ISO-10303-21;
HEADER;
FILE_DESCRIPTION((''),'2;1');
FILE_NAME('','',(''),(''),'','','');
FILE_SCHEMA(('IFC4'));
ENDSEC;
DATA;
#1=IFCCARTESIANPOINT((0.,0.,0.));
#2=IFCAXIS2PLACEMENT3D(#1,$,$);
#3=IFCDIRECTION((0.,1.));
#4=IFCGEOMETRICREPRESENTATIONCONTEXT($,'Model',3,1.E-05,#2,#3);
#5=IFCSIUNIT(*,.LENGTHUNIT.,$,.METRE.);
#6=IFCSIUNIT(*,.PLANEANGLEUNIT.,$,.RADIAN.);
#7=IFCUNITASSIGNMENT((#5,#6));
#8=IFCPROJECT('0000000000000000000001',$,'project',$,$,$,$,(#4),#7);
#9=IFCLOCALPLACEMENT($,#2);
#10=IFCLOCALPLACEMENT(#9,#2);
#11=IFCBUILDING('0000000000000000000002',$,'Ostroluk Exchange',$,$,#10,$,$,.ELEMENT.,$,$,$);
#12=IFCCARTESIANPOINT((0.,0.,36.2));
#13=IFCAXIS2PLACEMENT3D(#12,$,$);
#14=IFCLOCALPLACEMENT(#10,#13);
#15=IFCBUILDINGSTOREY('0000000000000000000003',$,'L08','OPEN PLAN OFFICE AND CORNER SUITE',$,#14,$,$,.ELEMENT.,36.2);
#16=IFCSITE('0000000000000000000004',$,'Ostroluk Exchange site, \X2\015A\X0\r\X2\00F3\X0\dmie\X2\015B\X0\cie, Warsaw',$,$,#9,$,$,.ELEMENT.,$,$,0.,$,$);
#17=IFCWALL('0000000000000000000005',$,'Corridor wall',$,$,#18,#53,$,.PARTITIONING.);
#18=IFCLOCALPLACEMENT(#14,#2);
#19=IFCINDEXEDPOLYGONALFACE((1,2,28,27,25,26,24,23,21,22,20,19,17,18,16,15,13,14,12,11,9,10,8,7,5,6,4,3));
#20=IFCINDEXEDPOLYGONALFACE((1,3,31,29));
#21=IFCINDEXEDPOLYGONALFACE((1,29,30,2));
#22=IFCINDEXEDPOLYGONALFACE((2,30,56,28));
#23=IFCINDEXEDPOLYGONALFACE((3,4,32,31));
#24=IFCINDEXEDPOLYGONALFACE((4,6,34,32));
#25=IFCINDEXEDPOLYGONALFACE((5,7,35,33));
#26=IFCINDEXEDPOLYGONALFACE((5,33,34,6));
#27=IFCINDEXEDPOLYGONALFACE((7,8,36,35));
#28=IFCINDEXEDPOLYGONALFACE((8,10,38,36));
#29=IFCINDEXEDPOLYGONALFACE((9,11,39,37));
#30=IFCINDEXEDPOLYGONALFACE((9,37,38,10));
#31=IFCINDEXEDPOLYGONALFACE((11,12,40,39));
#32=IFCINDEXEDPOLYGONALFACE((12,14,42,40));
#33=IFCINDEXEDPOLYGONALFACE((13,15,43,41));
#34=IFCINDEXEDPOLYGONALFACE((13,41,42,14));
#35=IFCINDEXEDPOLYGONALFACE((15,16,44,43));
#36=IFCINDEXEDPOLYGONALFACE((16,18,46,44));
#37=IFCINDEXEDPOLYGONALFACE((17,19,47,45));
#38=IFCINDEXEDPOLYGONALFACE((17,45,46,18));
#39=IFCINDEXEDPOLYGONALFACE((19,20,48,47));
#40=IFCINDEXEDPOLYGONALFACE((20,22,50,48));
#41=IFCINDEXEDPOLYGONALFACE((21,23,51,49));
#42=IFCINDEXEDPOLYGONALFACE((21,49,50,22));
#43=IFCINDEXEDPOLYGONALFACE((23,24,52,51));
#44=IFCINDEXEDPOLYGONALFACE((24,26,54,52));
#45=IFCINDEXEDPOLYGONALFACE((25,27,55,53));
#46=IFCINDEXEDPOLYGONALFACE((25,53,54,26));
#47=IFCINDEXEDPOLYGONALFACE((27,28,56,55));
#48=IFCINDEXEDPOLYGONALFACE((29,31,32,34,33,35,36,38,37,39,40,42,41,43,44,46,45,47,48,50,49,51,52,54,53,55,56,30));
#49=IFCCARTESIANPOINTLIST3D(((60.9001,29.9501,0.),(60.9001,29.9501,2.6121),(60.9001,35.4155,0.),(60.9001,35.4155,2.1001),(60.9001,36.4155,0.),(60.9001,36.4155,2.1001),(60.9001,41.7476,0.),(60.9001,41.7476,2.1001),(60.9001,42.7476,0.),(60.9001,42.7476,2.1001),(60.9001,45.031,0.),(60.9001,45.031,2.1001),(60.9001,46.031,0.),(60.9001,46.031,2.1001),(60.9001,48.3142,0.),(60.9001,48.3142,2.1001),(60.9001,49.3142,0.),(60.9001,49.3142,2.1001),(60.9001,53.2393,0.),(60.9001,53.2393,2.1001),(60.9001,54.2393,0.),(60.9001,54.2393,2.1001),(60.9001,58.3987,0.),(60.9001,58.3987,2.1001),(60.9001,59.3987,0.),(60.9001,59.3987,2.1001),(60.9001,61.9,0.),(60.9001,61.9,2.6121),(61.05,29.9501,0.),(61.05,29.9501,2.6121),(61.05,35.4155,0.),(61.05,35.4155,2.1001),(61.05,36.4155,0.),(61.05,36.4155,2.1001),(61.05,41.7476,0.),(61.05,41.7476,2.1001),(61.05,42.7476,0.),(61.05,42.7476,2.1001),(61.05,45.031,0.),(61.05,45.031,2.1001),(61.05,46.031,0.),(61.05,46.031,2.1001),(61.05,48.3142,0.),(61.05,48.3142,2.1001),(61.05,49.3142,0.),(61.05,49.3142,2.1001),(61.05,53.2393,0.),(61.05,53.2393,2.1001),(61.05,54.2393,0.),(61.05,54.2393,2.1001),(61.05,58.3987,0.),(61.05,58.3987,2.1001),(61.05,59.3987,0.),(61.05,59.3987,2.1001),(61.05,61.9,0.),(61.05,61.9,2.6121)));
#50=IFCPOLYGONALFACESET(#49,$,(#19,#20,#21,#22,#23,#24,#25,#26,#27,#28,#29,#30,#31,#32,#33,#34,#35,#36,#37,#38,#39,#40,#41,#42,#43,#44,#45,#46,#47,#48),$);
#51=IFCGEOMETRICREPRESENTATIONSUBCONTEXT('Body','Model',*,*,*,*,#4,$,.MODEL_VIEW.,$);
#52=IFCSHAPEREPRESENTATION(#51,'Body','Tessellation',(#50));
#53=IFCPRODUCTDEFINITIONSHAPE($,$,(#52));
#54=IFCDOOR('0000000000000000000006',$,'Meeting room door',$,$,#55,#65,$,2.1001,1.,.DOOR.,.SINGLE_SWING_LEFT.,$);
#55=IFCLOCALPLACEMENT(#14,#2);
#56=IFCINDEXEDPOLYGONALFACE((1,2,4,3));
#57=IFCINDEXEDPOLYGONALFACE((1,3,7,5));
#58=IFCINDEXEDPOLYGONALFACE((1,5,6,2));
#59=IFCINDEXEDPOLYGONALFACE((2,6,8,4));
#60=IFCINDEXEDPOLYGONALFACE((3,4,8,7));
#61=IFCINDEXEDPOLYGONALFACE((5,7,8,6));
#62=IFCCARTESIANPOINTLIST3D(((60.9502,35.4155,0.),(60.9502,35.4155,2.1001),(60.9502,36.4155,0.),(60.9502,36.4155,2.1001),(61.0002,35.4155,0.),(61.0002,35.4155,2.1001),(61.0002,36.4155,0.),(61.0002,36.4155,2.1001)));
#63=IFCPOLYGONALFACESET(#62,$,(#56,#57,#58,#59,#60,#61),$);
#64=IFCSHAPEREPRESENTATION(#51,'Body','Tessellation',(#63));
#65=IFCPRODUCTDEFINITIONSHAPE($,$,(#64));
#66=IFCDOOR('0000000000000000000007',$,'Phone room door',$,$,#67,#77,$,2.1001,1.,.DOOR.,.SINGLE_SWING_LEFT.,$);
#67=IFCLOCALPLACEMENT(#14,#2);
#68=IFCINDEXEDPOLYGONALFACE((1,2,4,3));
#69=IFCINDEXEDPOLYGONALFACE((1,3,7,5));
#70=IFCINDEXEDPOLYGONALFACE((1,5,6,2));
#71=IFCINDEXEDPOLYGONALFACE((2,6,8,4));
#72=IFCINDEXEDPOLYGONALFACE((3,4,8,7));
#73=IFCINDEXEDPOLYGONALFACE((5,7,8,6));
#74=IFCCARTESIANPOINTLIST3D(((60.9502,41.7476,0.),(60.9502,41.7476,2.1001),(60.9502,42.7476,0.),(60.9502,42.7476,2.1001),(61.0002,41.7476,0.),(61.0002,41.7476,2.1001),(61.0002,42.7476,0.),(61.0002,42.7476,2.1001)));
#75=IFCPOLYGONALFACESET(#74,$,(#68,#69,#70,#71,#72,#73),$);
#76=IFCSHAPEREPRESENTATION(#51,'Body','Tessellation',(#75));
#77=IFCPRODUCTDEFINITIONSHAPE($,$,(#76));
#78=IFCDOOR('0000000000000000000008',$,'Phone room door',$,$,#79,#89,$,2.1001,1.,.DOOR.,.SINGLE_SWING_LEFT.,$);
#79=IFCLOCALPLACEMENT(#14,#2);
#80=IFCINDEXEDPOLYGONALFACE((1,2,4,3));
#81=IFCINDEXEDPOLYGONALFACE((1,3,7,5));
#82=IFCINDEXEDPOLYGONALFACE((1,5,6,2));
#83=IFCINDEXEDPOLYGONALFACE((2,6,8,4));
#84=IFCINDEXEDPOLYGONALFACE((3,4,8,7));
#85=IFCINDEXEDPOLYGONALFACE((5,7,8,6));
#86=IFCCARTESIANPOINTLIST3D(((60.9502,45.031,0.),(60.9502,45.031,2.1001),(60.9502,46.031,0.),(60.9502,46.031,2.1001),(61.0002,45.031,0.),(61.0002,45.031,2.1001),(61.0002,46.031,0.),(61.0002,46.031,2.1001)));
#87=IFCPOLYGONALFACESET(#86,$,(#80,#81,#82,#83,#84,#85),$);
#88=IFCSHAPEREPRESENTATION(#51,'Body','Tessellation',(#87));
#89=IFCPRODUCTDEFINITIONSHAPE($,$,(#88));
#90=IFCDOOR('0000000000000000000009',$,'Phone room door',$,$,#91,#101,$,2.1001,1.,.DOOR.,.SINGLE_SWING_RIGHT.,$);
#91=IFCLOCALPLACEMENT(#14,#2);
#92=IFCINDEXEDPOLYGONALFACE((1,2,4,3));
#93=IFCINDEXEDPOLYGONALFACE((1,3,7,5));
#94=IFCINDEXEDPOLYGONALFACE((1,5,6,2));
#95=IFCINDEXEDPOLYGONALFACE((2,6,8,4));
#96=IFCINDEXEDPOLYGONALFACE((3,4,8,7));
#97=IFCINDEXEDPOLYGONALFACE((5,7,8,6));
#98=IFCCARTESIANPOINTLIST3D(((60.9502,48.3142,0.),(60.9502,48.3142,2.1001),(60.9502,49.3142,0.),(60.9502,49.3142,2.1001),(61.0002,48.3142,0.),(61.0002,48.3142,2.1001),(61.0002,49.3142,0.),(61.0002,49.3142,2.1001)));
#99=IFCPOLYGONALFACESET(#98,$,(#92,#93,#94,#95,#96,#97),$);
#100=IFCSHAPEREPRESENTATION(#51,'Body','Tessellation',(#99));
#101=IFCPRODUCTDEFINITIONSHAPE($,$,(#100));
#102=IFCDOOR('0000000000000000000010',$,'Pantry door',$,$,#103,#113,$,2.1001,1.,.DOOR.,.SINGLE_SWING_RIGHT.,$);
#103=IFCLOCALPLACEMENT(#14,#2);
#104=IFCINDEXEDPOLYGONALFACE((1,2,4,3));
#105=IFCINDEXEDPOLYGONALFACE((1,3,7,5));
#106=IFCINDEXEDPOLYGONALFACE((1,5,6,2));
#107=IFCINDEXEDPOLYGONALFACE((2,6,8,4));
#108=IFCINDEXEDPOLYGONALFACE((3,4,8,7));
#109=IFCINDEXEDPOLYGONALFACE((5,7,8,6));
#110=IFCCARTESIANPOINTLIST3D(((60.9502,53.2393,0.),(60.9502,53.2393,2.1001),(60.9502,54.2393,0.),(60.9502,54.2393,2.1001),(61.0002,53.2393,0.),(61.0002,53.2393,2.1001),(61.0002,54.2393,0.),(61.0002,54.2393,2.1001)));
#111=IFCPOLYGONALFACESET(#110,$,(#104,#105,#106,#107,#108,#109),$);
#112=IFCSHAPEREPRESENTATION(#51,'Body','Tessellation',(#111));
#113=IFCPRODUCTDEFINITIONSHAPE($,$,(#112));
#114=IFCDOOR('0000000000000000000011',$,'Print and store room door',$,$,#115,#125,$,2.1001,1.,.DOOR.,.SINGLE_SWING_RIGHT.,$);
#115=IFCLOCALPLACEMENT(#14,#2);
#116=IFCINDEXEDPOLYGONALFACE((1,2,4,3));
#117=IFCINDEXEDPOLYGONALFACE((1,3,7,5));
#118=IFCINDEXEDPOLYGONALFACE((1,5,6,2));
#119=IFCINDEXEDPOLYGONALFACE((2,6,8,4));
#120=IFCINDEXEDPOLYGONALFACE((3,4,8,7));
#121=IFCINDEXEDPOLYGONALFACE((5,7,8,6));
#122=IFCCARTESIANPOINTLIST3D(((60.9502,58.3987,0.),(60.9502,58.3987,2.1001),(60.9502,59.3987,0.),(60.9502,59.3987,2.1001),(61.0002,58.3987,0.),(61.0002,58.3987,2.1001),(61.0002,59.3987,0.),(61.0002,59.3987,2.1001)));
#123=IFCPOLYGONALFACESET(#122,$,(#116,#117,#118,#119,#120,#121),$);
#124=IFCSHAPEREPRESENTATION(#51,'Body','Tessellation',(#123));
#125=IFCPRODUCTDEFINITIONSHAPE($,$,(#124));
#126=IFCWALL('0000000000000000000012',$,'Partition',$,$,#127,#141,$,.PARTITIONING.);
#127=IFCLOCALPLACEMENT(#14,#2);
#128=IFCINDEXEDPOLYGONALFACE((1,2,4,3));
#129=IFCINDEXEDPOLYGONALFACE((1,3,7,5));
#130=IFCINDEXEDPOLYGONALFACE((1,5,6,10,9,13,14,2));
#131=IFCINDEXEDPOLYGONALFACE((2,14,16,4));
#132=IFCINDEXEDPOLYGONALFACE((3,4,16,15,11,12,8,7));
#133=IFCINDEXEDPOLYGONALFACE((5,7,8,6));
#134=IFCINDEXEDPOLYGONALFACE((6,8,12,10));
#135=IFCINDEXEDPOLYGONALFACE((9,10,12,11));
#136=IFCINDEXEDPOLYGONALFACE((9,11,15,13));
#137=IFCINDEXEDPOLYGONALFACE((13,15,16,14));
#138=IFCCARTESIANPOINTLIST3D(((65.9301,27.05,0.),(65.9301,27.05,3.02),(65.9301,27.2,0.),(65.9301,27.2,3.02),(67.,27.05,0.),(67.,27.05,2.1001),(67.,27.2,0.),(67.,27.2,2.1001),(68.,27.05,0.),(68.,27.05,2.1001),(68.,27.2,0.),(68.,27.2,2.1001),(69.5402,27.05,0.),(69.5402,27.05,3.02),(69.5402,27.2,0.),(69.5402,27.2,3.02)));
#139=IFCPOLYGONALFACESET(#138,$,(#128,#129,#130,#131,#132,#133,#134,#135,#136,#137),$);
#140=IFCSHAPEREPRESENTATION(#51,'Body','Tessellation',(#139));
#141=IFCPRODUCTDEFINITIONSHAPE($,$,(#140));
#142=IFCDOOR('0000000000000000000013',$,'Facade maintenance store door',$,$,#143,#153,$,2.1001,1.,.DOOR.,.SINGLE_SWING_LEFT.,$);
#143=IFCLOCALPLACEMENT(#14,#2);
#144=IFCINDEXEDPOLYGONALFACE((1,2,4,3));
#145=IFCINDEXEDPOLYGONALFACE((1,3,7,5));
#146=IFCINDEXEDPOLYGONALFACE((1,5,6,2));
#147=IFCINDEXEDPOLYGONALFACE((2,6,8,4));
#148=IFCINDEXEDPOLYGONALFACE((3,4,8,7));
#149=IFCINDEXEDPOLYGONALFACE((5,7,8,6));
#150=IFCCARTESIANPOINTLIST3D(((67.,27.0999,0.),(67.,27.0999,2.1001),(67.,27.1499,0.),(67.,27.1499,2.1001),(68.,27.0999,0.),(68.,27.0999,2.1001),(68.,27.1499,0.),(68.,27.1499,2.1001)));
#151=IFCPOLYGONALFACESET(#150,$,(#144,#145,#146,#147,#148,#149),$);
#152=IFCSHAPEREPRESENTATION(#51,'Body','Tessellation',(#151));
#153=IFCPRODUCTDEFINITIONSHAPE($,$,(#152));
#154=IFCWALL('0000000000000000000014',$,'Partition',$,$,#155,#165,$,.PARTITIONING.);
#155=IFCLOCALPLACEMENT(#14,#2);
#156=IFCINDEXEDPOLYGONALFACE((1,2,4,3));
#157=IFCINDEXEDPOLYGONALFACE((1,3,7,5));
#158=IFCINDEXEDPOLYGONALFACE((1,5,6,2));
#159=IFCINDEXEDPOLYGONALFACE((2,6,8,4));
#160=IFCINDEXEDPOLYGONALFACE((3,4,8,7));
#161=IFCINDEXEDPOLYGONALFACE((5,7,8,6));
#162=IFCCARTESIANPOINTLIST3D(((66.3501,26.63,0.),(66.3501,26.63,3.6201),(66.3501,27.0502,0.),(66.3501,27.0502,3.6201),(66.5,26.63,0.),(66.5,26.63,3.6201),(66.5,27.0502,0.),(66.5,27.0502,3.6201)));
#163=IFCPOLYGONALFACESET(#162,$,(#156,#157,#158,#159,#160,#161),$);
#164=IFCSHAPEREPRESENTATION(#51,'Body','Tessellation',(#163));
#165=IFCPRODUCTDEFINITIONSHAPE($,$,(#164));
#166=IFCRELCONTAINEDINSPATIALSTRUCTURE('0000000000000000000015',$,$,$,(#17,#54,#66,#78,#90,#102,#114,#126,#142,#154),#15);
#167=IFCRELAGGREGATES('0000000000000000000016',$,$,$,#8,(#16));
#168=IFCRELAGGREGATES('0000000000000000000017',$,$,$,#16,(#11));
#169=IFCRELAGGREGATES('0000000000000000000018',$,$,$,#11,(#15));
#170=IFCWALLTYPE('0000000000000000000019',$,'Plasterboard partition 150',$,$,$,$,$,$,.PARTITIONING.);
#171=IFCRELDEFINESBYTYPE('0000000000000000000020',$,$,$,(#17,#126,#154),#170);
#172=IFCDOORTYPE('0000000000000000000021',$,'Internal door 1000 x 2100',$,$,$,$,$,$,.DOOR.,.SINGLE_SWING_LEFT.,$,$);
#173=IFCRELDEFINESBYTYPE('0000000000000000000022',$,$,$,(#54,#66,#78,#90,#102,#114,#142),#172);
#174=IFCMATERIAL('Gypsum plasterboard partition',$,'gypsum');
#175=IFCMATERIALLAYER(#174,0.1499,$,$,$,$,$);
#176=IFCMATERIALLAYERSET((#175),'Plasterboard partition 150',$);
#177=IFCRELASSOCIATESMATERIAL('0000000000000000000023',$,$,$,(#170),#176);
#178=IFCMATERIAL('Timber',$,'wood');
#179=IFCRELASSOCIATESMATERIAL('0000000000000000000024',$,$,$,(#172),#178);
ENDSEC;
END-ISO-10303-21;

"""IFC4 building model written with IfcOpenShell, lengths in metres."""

from ifc_helpers import new_model, si_unit, direction, frame, frame_2d, origin, place, context, subcontext, project, spatial, rectangle, extrude, material, layer, layer_set, type_object, element, fill, save


model = new_model("IFC4")

# Units and contexts
model_context = context("Model", 3, precision=1e-05, world=origin(), true_north=direction((0.0, 1.0)))
body_context = subcontext(model_context, "Body", "Model", "MODEL_VIEW")
ifc_project = project(units=[si_unit("LENGTHUNIT", "METRE"), si_unit("PLANEANGLEUNIT", "RADIAN")], contexts=[model_context])

# Site, building, storey
site_placement = place(None, origin())
site = spatial("IfcSite", under=ifc_project, at=site_placement, Name="Ostroluk Exchange site, Śródmieście, Warsaw", CompositionType="ELEMENT", RefElevation=0.0)
building_placement = place(site_placement, origin())
building = spatial("IfcBuilding", under=site, at=building_placement, Name="Ostroluk Exchange", CompositionType="ELEMENT")
storey_placement = place(building_placement, frame((0.0, 0.0, 36.2)))
storey = spatial("IfcBuildingStorey", under=building, at=storey_placement, Name="L08", Description="OPEN PLAN OFFICE AND CORNER SUITE", CompositionType="ELEMENT", Elevation=36.2)

# Shared definitions
ifc_material_1 = material(Name="Gypsum plasterboard partition", Category="gypsum")
ifc_layer_1 = layer(ifc_material_1, 0.1499)
ifc_layer_set_1 = layer_set([ifc_layer_1], Name="Plasterboard partition 150")
wall_type_1 = type_object("IfcWallType", Name="Plasterboard partition 150", PredefinedType="PARTITIONING", material=ifc_layer_set_1)

# Wall, openings, doors
wall_1_placement = place(storey_placement, frame((60.9751, 29.95, 0.0), z_axis=(0.0, 0.0, 1.0), x_axis=(0.0, 1.0, 0.0)))
wall_1 = element("IfcWall", 1, at=wall_1_placement, inside=storey, type_object=wall_type_1, Name="Corridor wall", PredefinedType="PARTITIONING", context=body_context, shape_type="SweptSolid", body=[
    extrude(rectangle(XDim=31.95, YDim=0.1499, at=frame_2d((15.9751, 0.0))), origin(), (0.0, 0.0, 1.0), 2.6121),
])
opening_1_placement = place(wall_1_placement, frame((5.4656, 0.0, 0.0)))
opening_1 = element("IfcOpeningElement", 2, at=opening_1_placement, cuts=wall_1, PredefinedType="OPENING", context=body_context, shape_type="SweptSolid", body=[
    extrude(rectangle(XDim=1.0, YDim=2.1001, at=frame_2d((0.5, 1.05))), frame((0.0, 0.085, 0.0), z_axis=(0.0, -1.0, 0.0), x_axis=(1.0, 0.0, 0.0)), (0.0, 0.0, 1.0), 0.1699),
])
opening_2_placement = place(wall_1_placement, frame((11.7976, 0.0, 0.0)))
opening_2 = element("IfcOpeningElement", 3, at=opening_2_placement, cuts=wall_1, PredefinedType="OPENING", context=body_context, shape_type="SweptSolid", body=[
    extrude(rectangle(XDim=1.0, YDim=2.1001, at=frame_2d((0.5, 1.05))), frame((0.0, 0.085, 0.0), z_axis=(0.0, -1.0, 0.0), x_axis=(1.0, 0.0, 0.0)), (0.0, 0.0, 1.0), 0.1699),
])
opening_3_placement = place(wall_1_placement, frame((15.0811, 0.0, 0.0)))
opening_3 = element("IfcOpeningElement", 4, at=opening_3_placement, cuts=wall_1, PredefinedType="OPENING", context=body_context, shape_type="SweptSolid", body=[
    extrude(rectangle(XDim=1.0, YDim=2.1001, at=frame_2d((0.5, 1.05))), frame((0.0, 0.085, 0.0), z_axis=(0.0, -1.0, 0.0), x_axis=(1.0, 0.0, 0.0)), (0.0, 0.0, 1.0), 0.1699),
])
opening_4_placement = place(wall_1_placement, frame((18.3643, 0.0, 0.0)))
opening_4 = element("IfcOpeningElement", 5, at=opening_4_placement, cuts=wall_1, PredefinedType="OPENING", context=body_context, shape_type="SweptSolid", body=[
    extrude(rectangle(XDim=1.0, YDim=2.1001, at=frame_2d((0.5, 1.05))), frame((0.0, 0.085, 0.0), z_axis=(0.0, -1.0, 0.0), x_axis=(1.0, 0.0, 0.0)), (0.0, 0.0, 1.0), 0.1699),
])
opening_5_placement = place(wall_1_placement, frame((23.2893, 0.0, 0.0)))
opening_5 = element("IfcOpeningElement", 6, at=opening_5_placement, cuts=wall_1, PredefinedType="OPENING", context=body_context, shape_type="SweptSolid", body=[
    extrude(rectangle(XDim=1.0, YDim=2.1001, at=frame_2d((0.5, 1.05))), frame((0.0, 0.085, 0.0), z_axis=(0.0, -1.0, 0.0), x_axis=(1.0, 0.0, 0.0)), (0.0, 0.0, 1.0), 0.1699),
])
opening_6_placement = place(wall_1_placement, frame((28.4487, 0.0, 0.0)))
opening_6 = element("IfcOpeningElement", 7, at=opening_6_placement, cuts=wall_1, PredefinedType="OPENING", context=body_context, shape_type="SweptSolid", body=[
    extrude(rectangle(XDim=1.0, YDim=2.1001, at=frame_2d((0.5, 1.05))), frame((0.0, 0.085, 0.0), z_axis=(0.0, -1.0, 0.0), x_axis=(1.0, 0.0, 0.0)), (0.0, 0.0, 1.0), 0.1699),
])
ifc_material_2 = material(Name="Timber", Category="wood")
door_type_1 = type_object("IfcDoorType", Name="Internal door 1000 x 2100", OperationType="SINGLE_SWING_LEFT", PredefinedType="DOOR", material=ifc_material_2)
door_1_placement = place(opening_1_placement, origin())
door_1 = element("IfcDoor", 8, at=door_1_placement, inside=storey, type_object=door_type_1, Name="Meeting room door", OperationType="SINGLE_SWING_LEFT", OverallHeight=2.1001, OverallWidth=1.0, PredefinedType="DOOR", context=body_context, shape_type="SweptSolid", body=[
    extrude(rectangle(XDim=1.0, YDim=2.1001, at=frame_2d((0.5, 1.05))), frame((0.0, 0.0249, 0.0), z_axis=(0.0, -1.0, 0.0), x_axis=(1.0, 0.0, 0.0)), (0.0, 0.0, 1.0), 0.05),
])
fill(opening_1, door_1)
door_2_placement = place(opening_2_placement, origin())
door_2 = element("IfcDoor", 9, at=door_2_placement, inside=storey, type_object=door_type_1, Name="Phone room door", OperationType="SINGLE_SWING_LEFT", OverallHeight=2.1001, OverallWidth=1.0, PredefinedType="DOOR", context=body_context, shape_type="SweptSolid", body=[
    extrude(rectangle(XDim=1.0, YDim=2.1001, at=frame_2d((0.5, 1.05))), frame((0.0, 0.0249, 0.0), z_axis=(0.0, -1.0, 0.0), x_axis=(1.0, 0.0, 0.0)), (0.0, 0.0, 1.0), 0.05),
])
fill(opening_2, door_2)
door_3_placement = place(opening_3_placement, origin())
door_3 = element("IfcDoor", 10, at=door_3_placement, inside=storey, type_object=door_type_1, Name="Phone room door", OperationType="SINGLE_SWING_LEFT", OverallHeight=2.1001, OverallWidth=1.0, PredefinedType="DOOR", context=body_context, shape_type="SweptSolid", body=[
    extrude(rectangle(XDim=1.0, YDim=2.1001, at=frame_2d((0.5, 1.05))), frame((0.0, 0.0249, 0.0), z_axis=(0.0, -1.0, 0.0), x_axis=(1.0, 0.0, 0.0)), (0.0, 0.0, 1.0), 0.05),
])
fill(opening_3, door_3)
door_4_placement = place(opening_4_placement, origin())
door_4 = element("IfcDoor", 11, at=door_4_placement, inside=storey, type_object=door_type_1, Name="Phone room door", OperationType="SINGLE_SWING_RIGHT", OverallHeight=2.1001, OverallWidth=1.0, PredefinedType="DOOR", context=body_context, shape_type="SweptSolid", body=[
    extrude(rectangle(XDim=1.0, YDim=2.1001, at=frame_2d((0.5, 1.05))), frame((0.0, 0.0249, 0.0), z_axis=(0.0, -1.0, 0.0), x_axis=(1.0, 0.0, 0.0)), (0.0, 0.0, 1.0), 0.05),
])
fill(opening_4, door_4)
door_5_placement = place(opening_5_placement, origin())
door_5 = element("IfcDoor", 12, at=door_5_placement, inside=storey, type_object=door_type_1, Name="Pantry door", OperationType="SINGLE_SWING_RIGHT", OverallHeight=2.1001, OverallWidth=1.0, PredefinedType="DOOR", context=body_context, shape_type="SweptSolid", body=[
    extrude(rectangle(XDim=1.0, YDim=2.1001, at=frame_2d((0.5, 1.05))), frame((0.0, 0.0249, 0.0), z_axis=(0.0, -1.0, 0.0), x_axis=(1.0, 0.0, 0.0)), (0.0, 0.0, 1.0), 0.05),
])
fill(opening_5, door_5)
door_6_placement = place(opening_6_placement, origin())
door_6 = element("IfcDoor", 13, at=door_6_placement, inside=storey, type_object=door_type_1, Name="Print and store room door", OperationType="SINGLE_SWING_RIGHT", OverallHeight=2.1001, OverallWidth=1.0, PredefinedType="DOOR", context=body_context, shape_type="SweptSolid", body=[
    extrude(rectangle(XDim=1.0, YDim=2.1001, at=frame_2d((0.5, 1.05))), frame((0.0, 0.0249, 0.0), z_axis=(0.0, -1.0, 0.0), x_axis=(1.0, 0.0, 0.0)), (0.0, 0.0, 1.0), 0.05),
])
fill(opening_6, door_6)

# Wall, opening, door
wall_2_placement = place(storey_placement, frame((65.9299, 27.125, 0.0), z_axis=(0.0, 0.0, 1.0), x_axis=(1.0, 0.0, 0.0)))
wall_2 = element("IfcWall", 14, at=wall_2_placement, inside=storey, type_object=wall_type_1, Name="Partition", PredefinedType="PARTITIONING", context=body_context, shape_type="SweptSolid", body=[
    extrude(rectangle(XDim=3.6101, YDim=0.1499, at=frame_2d((1.8052, 0.0))), origin(), (0.0, 0.0, 1.0), 3.02),
])
opening_7_placement = place(wall_2_placement, frame((1.0701, 0.0, 0.0)))
opening_7 = element("IfcOpeningElement", 15, at=opening_7_placement, cuts=wall_2, PredefinedType="OPENING", context=body_context, shape_type="SweptSolid", body=[
    extrude(rectangle(XDim=1.0, YDim=2.1001, at=frame_2d((0.5, 1.05))), frame((0.0, 0.085, 0.0), z_axis=(0.0, -1.0, 0.0), x_axis=(1.0, 0.0, 0.0)), (0.0, 0.0, 1.0), 0.1699),
])
door_7_placement = place(opening_7_placement, origin())
door_7 = element("IfcDoor", 16, at=door_7_placement, inside=storey, type_object=door_type_1, Name="Facade maintenance store door", OperationType="SINGLE_SWING_LEFT", OverallHeight=2.1001, OverallWidth=1.0, PredefinedType="DOOR", context=body_context, shape_type="SweptSolid", body=[
    extrude(rectangle(XDim=1.0, YDim=2.1001, at=frame_2d((0.5, 1.05))), frame((0.0, 0.0249, 0.0), z_axis=(0.0, -1.0, 0.0), x_axis=(1.0, 0.0, 0.0)), (0.0, 0.0, 1.0), 0.05),
])
fill(opening_7, door_7)

# Wall
wall_3_placement = place(storey_placement, frame((66.425, 27.05, 0.0), z_axis=(0.0, 0.0, 1.0), x_axis=(0.0, -1.0, 0.0)))
element("IfcWall", 17, at=wall_3_placement, inside=storey, type_object=wall_type_1, Name="Partition", PredefinedType="PARTITIONING", context=body_context, shape_type="SweptSolid", body=[
    extrude(rectangle(XDim=0.4202, YDim=0.1499, at=frame_2d((0.21, 0.0))), origin(), (0.0, 0.0, 1.0), 3.6201),
])

save(model, "model.ifc")
